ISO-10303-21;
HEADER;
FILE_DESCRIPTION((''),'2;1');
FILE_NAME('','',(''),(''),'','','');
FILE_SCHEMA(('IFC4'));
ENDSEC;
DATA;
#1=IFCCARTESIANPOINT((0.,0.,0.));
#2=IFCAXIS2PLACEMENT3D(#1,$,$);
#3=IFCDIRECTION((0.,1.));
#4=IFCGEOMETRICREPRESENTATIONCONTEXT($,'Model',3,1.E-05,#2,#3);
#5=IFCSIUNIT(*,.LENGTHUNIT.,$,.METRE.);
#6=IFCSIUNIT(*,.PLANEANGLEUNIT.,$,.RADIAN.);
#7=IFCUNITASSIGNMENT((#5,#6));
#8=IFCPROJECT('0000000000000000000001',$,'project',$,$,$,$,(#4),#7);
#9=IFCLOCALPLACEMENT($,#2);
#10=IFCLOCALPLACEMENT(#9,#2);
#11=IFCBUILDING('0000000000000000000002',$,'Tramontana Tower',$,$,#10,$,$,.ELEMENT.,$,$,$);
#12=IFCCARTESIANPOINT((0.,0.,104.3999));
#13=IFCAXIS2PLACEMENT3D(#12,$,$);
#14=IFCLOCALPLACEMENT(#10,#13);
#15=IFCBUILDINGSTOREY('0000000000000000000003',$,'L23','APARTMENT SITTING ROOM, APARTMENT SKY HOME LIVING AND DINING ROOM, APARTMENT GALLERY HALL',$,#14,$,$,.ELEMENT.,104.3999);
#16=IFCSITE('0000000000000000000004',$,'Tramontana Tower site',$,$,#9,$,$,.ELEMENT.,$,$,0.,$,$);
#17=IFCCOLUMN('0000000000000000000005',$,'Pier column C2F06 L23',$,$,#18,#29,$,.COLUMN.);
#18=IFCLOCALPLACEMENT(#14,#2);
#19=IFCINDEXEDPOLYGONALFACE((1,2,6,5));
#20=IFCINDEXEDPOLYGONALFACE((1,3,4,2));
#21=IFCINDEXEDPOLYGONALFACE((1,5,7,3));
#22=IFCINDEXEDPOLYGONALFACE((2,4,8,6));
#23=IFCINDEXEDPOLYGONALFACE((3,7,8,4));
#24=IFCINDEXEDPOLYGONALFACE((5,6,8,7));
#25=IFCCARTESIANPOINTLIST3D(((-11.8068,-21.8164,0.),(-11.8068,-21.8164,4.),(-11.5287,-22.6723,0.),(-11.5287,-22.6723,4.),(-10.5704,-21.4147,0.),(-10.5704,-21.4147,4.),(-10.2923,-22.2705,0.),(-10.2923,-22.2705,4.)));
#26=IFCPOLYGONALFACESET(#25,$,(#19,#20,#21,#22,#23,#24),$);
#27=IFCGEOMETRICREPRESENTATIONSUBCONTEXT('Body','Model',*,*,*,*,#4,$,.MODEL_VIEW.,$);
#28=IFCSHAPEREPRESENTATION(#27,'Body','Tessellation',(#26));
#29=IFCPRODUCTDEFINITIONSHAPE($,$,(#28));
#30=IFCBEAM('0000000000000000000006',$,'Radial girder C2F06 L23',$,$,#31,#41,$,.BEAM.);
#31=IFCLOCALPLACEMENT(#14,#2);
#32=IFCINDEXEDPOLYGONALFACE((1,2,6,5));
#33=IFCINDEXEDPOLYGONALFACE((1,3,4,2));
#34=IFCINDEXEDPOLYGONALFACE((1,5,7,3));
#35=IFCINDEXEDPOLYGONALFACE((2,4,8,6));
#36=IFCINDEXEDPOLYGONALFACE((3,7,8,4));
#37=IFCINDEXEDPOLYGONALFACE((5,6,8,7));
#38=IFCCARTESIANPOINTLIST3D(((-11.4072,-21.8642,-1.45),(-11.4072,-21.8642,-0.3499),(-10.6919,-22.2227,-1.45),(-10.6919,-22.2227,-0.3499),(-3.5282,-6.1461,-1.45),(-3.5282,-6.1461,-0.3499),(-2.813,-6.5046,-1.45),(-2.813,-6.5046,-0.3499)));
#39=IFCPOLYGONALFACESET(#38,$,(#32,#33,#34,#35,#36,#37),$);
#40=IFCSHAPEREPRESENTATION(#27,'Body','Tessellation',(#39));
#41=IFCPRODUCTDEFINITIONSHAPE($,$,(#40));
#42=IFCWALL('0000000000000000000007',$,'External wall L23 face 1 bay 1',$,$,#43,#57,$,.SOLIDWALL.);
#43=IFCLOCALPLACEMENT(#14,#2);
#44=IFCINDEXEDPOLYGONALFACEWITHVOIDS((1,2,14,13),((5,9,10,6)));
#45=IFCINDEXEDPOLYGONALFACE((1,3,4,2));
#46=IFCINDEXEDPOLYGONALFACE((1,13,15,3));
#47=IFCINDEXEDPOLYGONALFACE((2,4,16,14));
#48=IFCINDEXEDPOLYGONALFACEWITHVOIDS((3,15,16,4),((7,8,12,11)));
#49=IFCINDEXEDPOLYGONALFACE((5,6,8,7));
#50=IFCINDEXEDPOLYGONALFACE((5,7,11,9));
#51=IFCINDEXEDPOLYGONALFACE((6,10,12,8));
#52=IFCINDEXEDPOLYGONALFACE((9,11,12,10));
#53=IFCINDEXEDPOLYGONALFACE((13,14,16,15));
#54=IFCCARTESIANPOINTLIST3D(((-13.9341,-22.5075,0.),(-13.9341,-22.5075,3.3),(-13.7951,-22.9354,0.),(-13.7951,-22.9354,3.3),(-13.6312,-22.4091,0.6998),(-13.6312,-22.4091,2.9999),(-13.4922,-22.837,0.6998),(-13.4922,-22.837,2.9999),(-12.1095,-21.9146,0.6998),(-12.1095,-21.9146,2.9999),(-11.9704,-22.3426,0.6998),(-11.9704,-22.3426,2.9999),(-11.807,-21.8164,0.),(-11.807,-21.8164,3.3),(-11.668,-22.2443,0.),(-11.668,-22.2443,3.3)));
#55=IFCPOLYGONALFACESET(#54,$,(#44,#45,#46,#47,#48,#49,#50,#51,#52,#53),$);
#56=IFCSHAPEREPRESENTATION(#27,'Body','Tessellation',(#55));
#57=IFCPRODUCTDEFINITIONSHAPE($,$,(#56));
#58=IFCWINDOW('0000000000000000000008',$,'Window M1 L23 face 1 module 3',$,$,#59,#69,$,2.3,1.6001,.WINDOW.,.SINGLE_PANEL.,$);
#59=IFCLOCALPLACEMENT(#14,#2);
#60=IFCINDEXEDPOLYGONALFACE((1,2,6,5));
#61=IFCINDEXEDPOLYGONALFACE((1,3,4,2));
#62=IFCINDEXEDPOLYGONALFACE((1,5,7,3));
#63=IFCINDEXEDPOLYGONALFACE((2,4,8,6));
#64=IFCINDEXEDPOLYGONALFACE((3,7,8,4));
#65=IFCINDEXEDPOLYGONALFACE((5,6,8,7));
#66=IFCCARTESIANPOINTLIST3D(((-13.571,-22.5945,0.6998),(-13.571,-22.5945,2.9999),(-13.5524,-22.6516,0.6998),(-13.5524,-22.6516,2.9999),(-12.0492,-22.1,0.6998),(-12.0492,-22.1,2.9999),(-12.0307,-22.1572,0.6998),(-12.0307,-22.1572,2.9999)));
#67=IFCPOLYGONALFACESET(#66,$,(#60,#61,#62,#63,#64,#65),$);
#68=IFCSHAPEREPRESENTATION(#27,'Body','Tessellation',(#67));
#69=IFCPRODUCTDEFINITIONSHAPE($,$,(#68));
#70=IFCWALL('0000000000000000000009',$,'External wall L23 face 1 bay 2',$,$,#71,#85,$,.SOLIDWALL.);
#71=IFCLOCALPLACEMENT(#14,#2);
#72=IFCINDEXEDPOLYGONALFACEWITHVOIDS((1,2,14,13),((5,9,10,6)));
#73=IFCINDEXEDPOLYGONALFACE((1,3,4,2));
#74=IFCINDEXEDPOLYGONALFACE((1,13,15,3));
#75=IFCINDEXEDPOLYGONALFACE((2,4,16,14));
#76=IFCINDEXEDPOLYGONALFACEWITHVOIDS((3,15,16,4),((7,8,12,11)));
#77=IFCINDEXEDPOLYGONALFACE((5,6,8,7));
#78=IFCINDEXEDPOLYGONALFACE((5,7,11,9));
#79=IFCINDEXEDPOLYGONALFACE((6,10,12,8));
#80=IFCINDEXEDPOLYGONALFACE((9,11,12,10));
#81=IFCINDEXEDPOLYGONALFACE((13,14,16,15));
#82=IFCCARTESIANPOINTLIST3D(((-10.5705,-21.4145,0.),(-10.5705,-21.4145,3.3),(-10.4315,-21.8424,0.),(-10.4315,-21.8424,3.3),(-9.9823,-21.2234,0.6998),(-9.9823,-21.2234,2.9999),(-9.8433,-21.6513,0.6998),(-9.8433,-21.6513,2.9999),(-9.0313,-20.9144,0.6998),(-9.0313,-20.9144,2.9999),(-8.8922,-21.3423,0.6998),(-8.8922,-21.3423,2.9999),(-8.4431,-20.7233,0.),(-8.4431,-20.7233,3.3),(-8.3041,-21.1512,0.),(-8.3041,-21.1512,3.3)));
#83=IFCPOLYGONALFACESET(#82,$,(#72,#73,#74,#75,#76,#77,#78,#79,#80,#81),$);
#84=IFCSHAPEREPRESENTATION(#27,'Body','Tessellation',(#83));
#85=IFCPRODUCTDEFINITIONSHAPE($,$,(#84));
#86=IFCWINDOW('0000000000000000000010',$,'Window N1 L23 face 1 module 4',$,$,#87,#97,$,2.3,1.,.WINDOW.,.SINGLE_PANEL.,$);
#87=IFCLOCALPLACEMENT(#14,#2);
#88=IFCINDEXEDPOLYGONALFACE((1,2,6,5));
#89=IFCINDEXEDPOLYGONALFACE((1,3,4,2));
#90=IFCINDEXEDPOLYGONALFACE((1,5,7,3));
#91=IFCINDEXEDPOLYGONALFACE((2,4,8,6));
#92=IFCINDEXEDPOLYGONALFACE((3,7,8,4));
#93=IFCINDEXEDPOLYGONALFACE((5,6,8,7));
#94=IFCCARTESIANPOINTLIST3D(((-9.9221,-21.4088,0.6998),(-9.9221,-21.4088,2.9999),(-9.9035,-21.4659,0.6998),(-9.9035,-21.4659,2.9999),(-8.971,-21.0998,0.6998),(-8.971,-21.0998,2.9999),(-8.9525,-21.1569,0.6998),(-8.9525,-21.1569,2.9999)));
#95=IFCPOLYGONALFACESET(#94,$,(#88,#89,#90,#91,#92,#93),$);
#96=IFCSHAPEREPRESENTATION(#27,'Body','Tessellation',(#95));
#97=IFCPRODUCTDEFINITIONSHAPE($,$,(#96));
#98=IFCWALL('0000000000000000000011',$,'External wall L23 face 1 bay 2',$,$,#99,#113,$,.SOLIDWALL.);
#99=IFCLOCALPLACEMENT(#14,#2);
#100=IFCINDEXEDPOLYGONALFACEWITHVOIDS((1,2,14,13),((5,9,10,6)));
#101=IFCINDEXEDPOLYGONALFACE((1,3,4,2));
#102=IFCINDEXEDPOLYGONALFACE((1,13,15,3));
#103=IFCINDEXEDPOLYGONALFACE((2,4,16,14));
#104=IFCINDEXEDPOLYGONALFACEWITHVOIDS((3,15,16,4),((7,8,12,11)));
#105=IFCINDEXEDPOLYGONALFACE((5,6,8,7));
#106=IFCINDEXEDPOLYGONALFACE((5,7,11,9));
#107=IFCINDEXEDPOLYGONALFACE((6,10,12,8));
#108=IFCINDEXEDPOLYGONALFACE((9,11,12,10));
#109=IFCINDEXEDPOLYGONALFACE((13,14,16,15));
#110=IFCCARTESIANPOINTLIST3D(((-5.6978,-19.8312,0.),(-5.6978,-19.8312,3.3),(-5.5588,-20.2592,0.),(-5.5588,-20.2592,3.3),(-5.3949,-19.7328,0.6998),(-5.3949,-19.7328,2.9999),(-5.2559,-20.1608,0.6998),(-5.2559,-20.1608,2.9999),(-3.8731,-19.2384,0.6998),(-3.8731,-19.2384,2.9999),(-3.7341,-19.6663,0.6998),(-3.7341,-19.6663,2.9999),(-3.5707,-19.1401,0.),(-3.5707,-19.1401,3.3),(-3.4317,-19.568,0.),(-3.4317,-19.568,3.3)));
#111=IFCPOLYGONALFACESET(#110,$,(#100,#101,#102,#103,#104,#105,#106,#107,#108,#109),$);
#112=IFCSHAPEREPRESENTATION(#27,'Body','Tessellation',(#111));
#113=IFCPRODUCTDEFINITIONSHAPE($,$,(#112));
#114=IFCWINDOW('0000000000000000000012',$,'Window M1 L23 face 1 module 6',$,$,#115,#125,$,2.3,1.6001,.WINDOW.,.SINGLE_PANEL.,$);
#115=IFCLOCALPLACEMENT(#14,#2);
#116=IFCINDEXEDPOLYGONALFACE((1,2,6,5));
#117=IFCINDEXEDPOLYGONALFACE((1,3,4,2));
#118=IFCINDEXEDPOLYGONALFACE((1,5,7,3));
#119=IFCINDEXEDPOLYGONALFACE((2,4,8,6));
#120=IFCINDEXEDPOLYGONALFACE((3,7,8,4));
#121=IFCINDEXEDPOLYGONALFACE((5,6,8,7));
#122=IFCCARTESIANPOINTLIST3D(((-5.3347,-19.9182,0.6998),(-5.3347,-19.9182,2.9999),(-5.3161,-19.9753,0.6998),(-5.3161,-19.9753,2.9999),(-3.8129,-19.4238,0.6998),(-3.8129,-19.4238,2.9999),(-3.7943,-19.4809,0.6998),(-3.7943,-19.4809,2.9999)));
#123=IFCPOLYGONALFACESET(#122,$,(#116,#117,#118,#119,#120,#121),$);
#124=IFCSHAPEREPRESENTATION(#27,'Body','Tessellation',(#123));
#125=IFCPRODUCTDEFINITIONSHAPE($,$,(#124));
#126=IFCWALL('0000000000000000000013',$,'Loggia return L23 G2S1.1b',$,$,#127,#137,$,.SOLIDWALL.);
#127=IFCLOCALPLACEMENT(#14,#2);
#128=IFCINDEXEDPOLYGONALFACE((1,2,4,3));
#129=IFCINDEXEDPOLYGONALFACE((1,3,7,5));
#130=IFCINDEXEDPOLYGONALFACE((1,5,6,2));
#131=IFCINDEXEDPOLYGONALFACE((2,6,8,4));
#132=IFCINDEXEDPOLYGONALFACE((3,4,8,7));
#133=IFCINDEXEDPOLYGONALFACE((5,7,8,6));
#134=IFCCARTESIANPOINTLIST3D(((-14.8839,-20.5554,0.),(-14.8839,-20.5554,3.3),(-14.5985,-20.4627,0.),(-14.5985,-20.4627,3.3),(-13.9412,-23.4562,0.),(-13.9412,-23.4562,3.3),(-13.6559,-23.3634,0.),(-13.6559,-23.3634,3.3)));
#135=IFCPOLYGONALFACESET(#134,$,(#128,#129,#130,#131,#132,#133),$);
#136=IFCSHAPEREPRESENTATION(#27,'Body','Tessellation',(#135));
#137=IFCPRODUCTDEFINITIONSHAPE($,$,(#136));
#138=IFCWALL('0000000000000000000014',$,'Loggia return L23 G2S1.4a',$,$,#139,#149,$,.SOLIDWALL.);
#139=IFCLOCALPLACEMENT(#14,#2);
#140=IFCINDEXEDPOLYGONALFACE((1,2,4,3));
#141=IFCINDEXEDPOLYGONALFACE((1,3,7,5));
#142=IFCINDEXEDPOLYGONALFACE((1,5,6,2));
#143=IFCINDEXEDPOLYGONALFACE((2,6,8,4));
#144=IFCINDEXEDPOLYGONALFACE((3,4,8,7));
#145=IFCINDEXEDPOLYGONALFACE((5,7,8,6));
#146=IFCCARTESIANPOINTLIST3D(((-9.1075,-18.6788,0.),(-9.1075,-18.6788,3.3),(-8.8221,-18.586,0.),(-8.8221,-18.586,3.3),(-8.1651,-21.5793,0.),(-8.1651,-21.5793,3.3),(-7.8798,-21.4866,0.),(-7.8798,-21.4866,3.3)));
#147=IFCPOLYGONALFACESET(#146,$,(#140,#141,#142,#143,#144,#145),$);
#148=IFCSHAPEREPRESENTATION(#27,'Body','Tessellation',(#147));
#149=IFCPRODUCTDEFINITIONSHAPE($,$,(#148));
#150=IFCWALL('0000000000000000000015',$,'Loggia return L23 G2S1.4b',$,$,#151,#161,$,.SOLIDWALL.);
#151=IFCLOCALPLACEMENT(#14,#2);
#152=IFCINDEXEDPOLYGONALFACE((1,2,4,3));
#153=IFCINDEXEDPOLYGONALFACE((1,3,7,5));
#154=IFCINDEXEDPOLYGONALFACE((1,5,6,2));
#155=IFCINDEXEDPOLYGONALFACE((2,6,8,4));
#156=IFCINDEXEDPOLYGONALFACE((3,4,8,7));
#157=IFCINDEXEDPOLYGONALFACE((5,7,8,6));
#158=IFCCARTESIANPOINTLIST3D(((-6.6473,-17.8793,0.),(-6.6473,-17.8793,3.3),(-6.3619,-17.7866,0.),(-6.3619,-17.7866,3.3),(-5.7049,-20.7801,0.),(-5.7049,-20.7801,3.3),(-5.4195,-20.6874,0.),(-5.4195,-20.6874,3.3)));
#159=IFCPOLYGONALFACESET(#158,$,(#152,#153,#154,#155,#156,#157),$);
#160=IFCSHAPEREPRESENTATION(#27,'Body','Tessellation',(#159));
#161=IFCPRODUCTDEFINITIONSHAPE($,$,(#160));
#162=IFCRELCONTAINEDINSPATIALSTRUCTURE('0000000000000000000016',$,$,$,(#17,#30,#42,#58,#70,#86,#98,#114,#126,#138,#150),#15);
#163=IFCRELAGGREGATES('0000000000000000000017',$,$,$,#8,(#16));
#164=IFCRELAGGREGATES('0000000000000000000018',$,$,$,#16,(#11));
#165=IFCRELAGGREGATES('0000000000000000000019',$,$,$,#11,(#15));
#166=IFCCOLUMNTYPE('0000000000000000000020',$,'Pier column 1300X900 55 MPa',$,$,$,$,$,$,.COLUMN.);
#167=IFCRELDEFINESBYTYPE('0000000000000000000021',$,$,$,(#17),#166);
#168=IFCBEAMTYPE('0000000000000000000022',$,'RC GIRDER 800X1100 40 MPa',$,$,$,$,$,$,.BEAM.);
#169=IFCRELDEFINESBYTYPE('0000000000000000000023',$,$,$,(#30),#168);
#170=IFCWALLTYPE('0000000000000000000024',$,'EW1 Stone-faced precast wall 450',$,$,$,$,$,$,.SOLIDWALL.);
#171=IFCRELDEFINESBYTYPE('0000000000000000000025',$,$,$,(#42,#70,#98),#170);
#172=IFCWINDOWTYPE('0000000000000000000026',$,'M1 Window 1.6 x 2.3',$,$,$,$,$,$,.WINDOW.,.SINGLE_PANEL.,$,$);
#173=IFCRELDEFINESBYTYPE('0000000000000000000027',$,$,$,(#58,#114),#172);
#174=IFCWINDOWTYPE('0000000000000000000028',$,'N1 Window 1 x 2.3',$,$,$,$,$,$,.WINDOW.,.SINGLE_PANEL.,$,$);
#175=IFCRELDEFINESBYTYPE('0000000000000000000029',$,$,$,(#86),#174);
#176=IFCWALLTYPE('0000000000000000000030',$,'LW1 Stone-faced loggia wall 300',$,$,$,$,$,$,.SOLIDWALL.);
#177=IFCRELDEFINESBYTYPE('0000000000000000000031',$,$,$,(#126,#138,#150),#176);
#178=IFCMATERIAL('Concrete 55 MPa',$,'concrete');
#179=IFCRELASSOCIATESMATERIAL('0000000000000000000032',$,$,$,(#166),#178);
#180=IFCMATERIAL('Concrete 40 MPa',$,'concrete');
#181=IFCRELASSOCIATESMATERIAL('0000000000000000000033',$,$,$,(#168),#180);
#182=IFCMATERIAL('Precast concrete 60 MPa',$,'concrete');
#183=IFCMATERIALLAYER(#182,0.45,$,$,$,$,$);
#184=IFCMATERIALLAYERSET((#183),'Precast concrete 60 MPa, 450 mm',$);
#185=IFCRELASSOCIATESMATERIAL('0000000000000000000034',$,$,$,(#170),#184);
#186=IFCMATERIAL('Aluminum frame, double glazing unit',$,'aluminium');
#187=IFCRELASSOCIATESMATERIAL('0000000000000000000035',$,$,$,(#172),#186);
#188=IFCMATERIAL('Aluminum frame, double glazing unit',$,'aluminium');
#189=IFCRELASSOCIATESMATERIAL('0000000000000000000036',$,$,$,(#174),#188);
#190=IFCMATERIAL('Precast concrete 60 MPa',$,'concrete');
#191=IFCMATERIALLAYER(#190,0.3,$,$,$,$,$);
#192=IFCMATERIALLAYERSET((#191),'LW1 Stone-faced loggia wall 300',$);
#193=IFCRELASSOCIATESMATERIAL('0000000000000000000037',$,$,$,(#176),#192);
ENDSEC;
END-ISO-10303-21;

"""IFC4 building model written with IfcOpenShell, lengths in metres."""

from ifc_helpers import new_model, si_unit, direction, frame, frame_2d, origin, origin_2d, place, context, subcontext, project, spatial, rectangle, extrude, material, layer, layer_set, material_profile, profile_set, type_object, element, fill, save


model = new_model("IFC4")

# Units and contexts
model_context = context("Model", 3, precision=1e-05, world=origin(), true_north=direction((0.0, 1.0)))
body_context = subcontext(model_context, "Body", "Model", "MODEL_VIEW")
ifc_project = project(units=[si_unit("LENGTHUNIT", "METRE"), si_unit("PLANEANGLEUNIT", "RADIAN")], contexts=[model_context])

# Site, building, storey
site_placement = place(None, origin())
site = spatial("IfcSite", under=ifc_project, at=site_placement, Name="Tramontana Tower site", CompositionType="ELEMENT", RefElevation=0.0)
building_placement = place(site_placement, origin())
building = spatial("IfcBuilding", under=site, at=building_placement, Name="Tramontana Tower", CompositionType="ELEMENT")
storey_placement = place(building_placement, frame((0.0, 0.0, 104.3999)))
storey = spatial("IfcBuildingStorey", under=building, at=storey_placement, Name="L23", Description="APARTMENT SITTING ROOM, APARTMENT SKY HOME LIVING AND DINING ROOM, APARTMENT GALLERY HALL", CompositionType="ELEMENT", Elevation=104.3999)

# Column
ifc_material_1 = material(Name="Concrete 55 MPa", Category="concrete")
ifc_material_profile_1 = material_profile(ifc_material_1, rectangle(XDim=1.3, YDim=0.8999, at=origin_2d()), Name="Pier column 1300X900 55 MPa")
ifc_profile_set_1 = profile_set([ifc_material_profile_1], Name="Concrete 55 MPa")
column_type = type_object("IfcColumnType", Name="Pier column 1300X900 55 MPa", PredefinedType="COLUMN", material=ifc_profile_set_1)
column_placement = place(storey_placement, frame((-11.0496, -22.0435, 0.0), z_axis=(0.0, 0.0, 1.0), x_axis=(0.951057, 0.309017, 0.0)))
element("IfcColumn", 1, at=column_placement, inside=storey, type_object=column_type, Name="Pier column C2F06 L23", PredefinedType="COLUMN", context=body_context, shape_type="SweptSolid", body=[
    extrude(rectangle(XDim=1.3, YDim=0.8999, at=origin_2d()), origin(), (0.0, 0.0, 1.0), 4.0),
])

# Beam
ifc_material_2 = material(Name="Concrete 40 MPa", Category="concrete")
ifc_material_profile_2 = material_profile(ifc_material_2, rectangle(XDim=0.8, YDim=1.1001, at=origin_2d()), Name="RC GIRDER 800X1100 40 MPa")
ifc_profile_set_2 = profile_set([ifc_material_profile_2], Name="Concrete 40 MPa")
beam_type = type_object("IfcBeamType", Name="RC GIRDER 800X1100 40 MPa", PredefinedType="BEAM", material=ifc_profile_set_2)
beam_placement = place(storey_placement, frame((-11.0496, -22.0435, -0.8999), z_axis=(0.448119, 0.893974, 0.0), x_axis=(-0.893974, 0.448119, 0.0)))
element("IfcBeam", 2, at=beam_placement, inside=storey, type_object=beam_type, Name="Radial girder C2F06 L23", PredefinedType="BEAM", context=body_context, shape_type="SweptSolid", body=[
    extrude(rectangle(XDim=0.8, YDim=1.1001, at=origin_2d()), origin(), (0.0, 0.0, 1.0), 17.5823),
])

# Walls, openings, windows
ifc_material_3 = material(Name="Precast concrete 60 MPa", Category="concrete")
ifc_layer_1 = layer(ifc_material_3, 0.45)
ifc_layer_set_1 = layer_set([ifc_layer_1], Name="Precast concrete 60 MPa, 450 mm")
wall_type_1 = type_object("IfcWallType", Name="EW1 Stone-faced precast wall 450", PredefinedType="SOLIDWALL", material=ifc_layer_set_1)
wall_1_placement = place(storey_placement, frame((-13.8645, -22.7214, 0.0), z_axis=(0.0, 0.0, 1.0), x_axis=(0.951057, 0.309014, 0.0)))
wall_1 = element("IfcWall", 3, at=wall_1_placement, inside=storey, type_object=wall_type_1, Name="External wall L23 face 1 bay 1", PredefinedType="SOLIDWALL", context=body_context, shape_type="SweptSolid", body=[
    extrude(rectangle(XDim=2.2366, YDim=0.45, at=frame_2d((1.1182, 0.0))), origin(), (0.0, 0.0, 1.0), 3.3),
])
opening_1_placement = place(wall_1_placement, frame((0.3184, 0.0, 0.7)))
opening_1 = element("IfcOpeningElement", 4, at=opening_1_placement, cuts=wall_1, PredefinedType="OPENING", context=body_context, shape_type="SweptSolid", body=[
    extrude(rectangle(XDim=1.6001, YDim=2.3, at=frame_2d((0.8, 1.1499))), frame((0.0, 0.2349, 0.0), z_axis=(0.0, -1.0, 0.0), x_axis=(1.0, 0.0, 0.0)), (0.0, 0.0, 1.0), 0.47),
])
ifc_material_4 = material(Name="Aluminum frame, double glazing unit", Category="aluminium")
window_type_1 = type_object("IfcWindowType", Name="M1 Window 1.6 x 2.3", PartitioningType="SINGLE_PANEL", PredefinedType="WINDOW", material=ifc_material_4)
window_1_placement = place(opening_1_placement, origin())
window_1 = element("IfcWindow", 5, at=window_1_placement, inside=storey, type_object=window_type_1, Name="Window M1 L23 face 1 module 3", OverallHeight=2.3, OverallWidth=1.6001, PartitioningType="SINGLE_PANEL", PredefinedType="WINDOW", context=body_context, shape_type="SweptSolid", body=[
    extrude(rectangle(XDim=1.6001, YDim=2.3, at=frame_2d((0.8, 1.1499))), frame((0.0, 0.03, 0.0), z_axis=(0.0, -1.0, 0.0), x_axis=(1.0, 0.0, 0.0)), (0.0, 0.0, 1.0), 0.0601),
])
fill(opening_1, window_1)
wall_2_placement = place(storey_placement, frame((-10.501, -21.6284, 0.0), z_axis=(0.0, 0.0, 1.0), x_axis=(0.951068, 0.308982, 0.0)))
wall_2 = element("IfcWall", 6, at=wall_2_placement, inside=storey, type_object=wall_type_1, Name="External wall L23 face 1 bay 2", PredefinedType="SOLIDWALL", context=body_context, shape_type="SweptSolid", body=[
    extrude(rectangle(XDim=2.2368, YDim=0.45, at=frame_2d((1.1184, 0.0))), origin(), (0.0, 0.0, 1.0), 3.3),
])
opening_2_placement = place(wall_2_placement, frame((0.6184, 0.0, 0.7)))
opening_2 = element("IfcOpeningElement", 7, at=opening_2_placement, cuts=wall_2, PredefinedType="OPENING", context=body_context, shape_type="SweptSolid", body=[
    extrude(rectangle(XDim=1.0, YDim=2.3, at=frame_2d((0.5, 1.1499))), frame((0.0, 0.2349, 0.0), z_axis=(0.0, -1.0, 0.0), x_axis=(1.0, 0.0, 0.0)), (0.0, 0.0, 1.0), 0.47),
])
ifc_material_5 = material(Name="Aluminum frame, double glazing unit", Category="aluminium")
window_type_2 = type_object("IfcWindowType", Name="N1 Window 1 x 2.3", PartitioningType="SINGLE_PANEL", PredefinedType="WINDOW", material=ifc_material_5)
window_2_placement = place(opening_2_placement, origin())
window_2 = element("IfcWindow", 8, at=window_2_placement, inside=storey, type_object=window_type_2, Name="Window N1 L23 face 1 module 4", OverallHeight=2.3, OverallWidth=1.0, PartitioningType="SINGLE_PANEL", PredefinedType="WINDOW", context=body_context, shape_type="SweptSolid", body=[
    extrude(rectangle(XDim=1.0, YDim=2.3, at=frame_2d((0.5, 1.1499))), frame((0.0, 0.03, 0.0), z_axis=(0.0, -1.0, 0.0), x_axis=(1.0, 0.0, 0.0)), (0.0, 0.0, 1.0), 0.0601),
])
fill(opening_2, window_2)
wall_3_placement = place(storey_placement, frame((-5.6282, -20.0452, 0.0), z_axis=(0.0, 0.0, 1.0), x_axis=(0.951057, 0.309014, 0.0)))
wall_3 = element("IfcWall", 9, at=wall_3_placement, inside=storey, type_object=wall_type_1, Name="External wall L23 face 1 bay 2", PredefinedType="SOLIDWALL", context=body_context, shape_type="SweptSolid", body=[
    extrude(rectangle(XDim=2.2366, YDim=0.45, at=frame_2d((1.1182, 0.0))), origin(), (0.0, 0.0, 1.0), 3.3),
])
opening_3_placement = place(wall_3_placement, frame((0.3184, 0.0, 0.7)))
opening_3 = element("IfcOpeningElement", 10, at=opening_3_placement, cuts=wall_3, PredefinedType="OPENING", context=body_context, shape_type="SweptSolid", body=[
    extrude(rectangle(XDim=1.6001, YDim=2.3, at=frame_2d((0.8, 1.1499))), frame((0.0, 0.2349, 0.0), z_axis=(0.0, -1.0, 0.0), x_axis=(1.0, 0.0, 0.0)), (0.0, 0.0, 1.0), 0.47),
])
window_3_placement = place(opening_3_placement, origin())
window_3 = element("IfcWindow", 11, at=window_3_placement, inside=storey, type_object=window_type_1, Name="Window M1 L23 face 1 module 6", OverallHeight=2.3, OverallWidth=1.6001, PartitioningType="SINGLE_PANEL", PredefinedType="WINDOW", context=body_context, shape_type="SweptSolid", body=[
    extrude(rectangle(XDim=1.6001, YDim=2.3, at=frame_2d((0.8, 1.1499))), frame((0.0, 0.03, 0.0), z_axis=(0.0, -1.0, 0.0), x_axis=(1.0, 0.0, 0.0)), (0.0, 0.0, 1.0), 0.0601),
])
fill(opening_3, window_3)

# Wall
ifc_material_6 = material(Name="Precast concrete 60 MPa", Category="concrete")
ifc_layer_2 = layer(ifc_material_6, 0.3)
ifc_layer_set_2 = layer_set([ifc_layer_2], Name="LW1 Stone-faced loggia wall 300")
wall_type_2 = type_object("IfcWallType", Name="LW1 Stone-faced loggia wall 300", PredefinedType="SOLIDWALL", material=ifc_layer_set_2)
wall_4_placement = place(storey_placement, frame((-13.7986, -23.4097, 0.0), z_axis=(0.0, 0.0, 1.0), x_axis=(-0.309063, 0.951042, 0.0)))
element("IfcWall", 12, at=wall_4_placement, inside=storey, type_object=wall_type_2, Name="Loggia return L23 G2S1.1b", PredefinedType="SOLIDWALL", context=body_context, shape_type="SweptSolid", body=[
    extrude(rectangle(XDim=3.05, YDim=0.3, at=frame_2d((1.5249, 0.0))), origin(), (0.0, 0.0, 1.0), 3.3),
])

# Walls
wall_5_placement = place(storey_placement, frame((-8.0225, -21.533, 0.0), z_axis=(0.0, 0.0, 1.0), x_axis=(-0.30899, 0.951065, 0.0)))
element("IfcWall", 13, at=wall_5_placement, inside=storey, type_object=wall_type_2, Name="Loggia return L23 G2S1.4a", PredefinedType="SOLIDWALL", context=body_context, shape_type="SweptSolid", body=[
    extrude(rectangle(XDim=3.0498, YDim=0.3, at=frame_2d((1.5249, 0.0))), origin(), (0.0, 0.0, 1.0), 3.3),
])
wall_6_placement = place(storey_placement, frame((-5.5623, -20.7336, 0.0), z_axis=(0.0, 0.0, 1.0), x_axis=(-0.308967, 0.951073, 0.0)))
element("IfcWall", 14, at=wall_6_placement, inside=storey, type_object=wall_type_2, Name="Loggia return L23 G2S1.4b", PredefinedType="SOLIDWALL", context=body_context, shape_type="SweptSolid", body=[
    extrude(rectangle(XDim=3.05, YDim=0.3, at=frame_2d((1.5249, 0.0))), origin(), (0.0, 0.0, 1.0), 3.3),
])

save(model, "model.ifc")
